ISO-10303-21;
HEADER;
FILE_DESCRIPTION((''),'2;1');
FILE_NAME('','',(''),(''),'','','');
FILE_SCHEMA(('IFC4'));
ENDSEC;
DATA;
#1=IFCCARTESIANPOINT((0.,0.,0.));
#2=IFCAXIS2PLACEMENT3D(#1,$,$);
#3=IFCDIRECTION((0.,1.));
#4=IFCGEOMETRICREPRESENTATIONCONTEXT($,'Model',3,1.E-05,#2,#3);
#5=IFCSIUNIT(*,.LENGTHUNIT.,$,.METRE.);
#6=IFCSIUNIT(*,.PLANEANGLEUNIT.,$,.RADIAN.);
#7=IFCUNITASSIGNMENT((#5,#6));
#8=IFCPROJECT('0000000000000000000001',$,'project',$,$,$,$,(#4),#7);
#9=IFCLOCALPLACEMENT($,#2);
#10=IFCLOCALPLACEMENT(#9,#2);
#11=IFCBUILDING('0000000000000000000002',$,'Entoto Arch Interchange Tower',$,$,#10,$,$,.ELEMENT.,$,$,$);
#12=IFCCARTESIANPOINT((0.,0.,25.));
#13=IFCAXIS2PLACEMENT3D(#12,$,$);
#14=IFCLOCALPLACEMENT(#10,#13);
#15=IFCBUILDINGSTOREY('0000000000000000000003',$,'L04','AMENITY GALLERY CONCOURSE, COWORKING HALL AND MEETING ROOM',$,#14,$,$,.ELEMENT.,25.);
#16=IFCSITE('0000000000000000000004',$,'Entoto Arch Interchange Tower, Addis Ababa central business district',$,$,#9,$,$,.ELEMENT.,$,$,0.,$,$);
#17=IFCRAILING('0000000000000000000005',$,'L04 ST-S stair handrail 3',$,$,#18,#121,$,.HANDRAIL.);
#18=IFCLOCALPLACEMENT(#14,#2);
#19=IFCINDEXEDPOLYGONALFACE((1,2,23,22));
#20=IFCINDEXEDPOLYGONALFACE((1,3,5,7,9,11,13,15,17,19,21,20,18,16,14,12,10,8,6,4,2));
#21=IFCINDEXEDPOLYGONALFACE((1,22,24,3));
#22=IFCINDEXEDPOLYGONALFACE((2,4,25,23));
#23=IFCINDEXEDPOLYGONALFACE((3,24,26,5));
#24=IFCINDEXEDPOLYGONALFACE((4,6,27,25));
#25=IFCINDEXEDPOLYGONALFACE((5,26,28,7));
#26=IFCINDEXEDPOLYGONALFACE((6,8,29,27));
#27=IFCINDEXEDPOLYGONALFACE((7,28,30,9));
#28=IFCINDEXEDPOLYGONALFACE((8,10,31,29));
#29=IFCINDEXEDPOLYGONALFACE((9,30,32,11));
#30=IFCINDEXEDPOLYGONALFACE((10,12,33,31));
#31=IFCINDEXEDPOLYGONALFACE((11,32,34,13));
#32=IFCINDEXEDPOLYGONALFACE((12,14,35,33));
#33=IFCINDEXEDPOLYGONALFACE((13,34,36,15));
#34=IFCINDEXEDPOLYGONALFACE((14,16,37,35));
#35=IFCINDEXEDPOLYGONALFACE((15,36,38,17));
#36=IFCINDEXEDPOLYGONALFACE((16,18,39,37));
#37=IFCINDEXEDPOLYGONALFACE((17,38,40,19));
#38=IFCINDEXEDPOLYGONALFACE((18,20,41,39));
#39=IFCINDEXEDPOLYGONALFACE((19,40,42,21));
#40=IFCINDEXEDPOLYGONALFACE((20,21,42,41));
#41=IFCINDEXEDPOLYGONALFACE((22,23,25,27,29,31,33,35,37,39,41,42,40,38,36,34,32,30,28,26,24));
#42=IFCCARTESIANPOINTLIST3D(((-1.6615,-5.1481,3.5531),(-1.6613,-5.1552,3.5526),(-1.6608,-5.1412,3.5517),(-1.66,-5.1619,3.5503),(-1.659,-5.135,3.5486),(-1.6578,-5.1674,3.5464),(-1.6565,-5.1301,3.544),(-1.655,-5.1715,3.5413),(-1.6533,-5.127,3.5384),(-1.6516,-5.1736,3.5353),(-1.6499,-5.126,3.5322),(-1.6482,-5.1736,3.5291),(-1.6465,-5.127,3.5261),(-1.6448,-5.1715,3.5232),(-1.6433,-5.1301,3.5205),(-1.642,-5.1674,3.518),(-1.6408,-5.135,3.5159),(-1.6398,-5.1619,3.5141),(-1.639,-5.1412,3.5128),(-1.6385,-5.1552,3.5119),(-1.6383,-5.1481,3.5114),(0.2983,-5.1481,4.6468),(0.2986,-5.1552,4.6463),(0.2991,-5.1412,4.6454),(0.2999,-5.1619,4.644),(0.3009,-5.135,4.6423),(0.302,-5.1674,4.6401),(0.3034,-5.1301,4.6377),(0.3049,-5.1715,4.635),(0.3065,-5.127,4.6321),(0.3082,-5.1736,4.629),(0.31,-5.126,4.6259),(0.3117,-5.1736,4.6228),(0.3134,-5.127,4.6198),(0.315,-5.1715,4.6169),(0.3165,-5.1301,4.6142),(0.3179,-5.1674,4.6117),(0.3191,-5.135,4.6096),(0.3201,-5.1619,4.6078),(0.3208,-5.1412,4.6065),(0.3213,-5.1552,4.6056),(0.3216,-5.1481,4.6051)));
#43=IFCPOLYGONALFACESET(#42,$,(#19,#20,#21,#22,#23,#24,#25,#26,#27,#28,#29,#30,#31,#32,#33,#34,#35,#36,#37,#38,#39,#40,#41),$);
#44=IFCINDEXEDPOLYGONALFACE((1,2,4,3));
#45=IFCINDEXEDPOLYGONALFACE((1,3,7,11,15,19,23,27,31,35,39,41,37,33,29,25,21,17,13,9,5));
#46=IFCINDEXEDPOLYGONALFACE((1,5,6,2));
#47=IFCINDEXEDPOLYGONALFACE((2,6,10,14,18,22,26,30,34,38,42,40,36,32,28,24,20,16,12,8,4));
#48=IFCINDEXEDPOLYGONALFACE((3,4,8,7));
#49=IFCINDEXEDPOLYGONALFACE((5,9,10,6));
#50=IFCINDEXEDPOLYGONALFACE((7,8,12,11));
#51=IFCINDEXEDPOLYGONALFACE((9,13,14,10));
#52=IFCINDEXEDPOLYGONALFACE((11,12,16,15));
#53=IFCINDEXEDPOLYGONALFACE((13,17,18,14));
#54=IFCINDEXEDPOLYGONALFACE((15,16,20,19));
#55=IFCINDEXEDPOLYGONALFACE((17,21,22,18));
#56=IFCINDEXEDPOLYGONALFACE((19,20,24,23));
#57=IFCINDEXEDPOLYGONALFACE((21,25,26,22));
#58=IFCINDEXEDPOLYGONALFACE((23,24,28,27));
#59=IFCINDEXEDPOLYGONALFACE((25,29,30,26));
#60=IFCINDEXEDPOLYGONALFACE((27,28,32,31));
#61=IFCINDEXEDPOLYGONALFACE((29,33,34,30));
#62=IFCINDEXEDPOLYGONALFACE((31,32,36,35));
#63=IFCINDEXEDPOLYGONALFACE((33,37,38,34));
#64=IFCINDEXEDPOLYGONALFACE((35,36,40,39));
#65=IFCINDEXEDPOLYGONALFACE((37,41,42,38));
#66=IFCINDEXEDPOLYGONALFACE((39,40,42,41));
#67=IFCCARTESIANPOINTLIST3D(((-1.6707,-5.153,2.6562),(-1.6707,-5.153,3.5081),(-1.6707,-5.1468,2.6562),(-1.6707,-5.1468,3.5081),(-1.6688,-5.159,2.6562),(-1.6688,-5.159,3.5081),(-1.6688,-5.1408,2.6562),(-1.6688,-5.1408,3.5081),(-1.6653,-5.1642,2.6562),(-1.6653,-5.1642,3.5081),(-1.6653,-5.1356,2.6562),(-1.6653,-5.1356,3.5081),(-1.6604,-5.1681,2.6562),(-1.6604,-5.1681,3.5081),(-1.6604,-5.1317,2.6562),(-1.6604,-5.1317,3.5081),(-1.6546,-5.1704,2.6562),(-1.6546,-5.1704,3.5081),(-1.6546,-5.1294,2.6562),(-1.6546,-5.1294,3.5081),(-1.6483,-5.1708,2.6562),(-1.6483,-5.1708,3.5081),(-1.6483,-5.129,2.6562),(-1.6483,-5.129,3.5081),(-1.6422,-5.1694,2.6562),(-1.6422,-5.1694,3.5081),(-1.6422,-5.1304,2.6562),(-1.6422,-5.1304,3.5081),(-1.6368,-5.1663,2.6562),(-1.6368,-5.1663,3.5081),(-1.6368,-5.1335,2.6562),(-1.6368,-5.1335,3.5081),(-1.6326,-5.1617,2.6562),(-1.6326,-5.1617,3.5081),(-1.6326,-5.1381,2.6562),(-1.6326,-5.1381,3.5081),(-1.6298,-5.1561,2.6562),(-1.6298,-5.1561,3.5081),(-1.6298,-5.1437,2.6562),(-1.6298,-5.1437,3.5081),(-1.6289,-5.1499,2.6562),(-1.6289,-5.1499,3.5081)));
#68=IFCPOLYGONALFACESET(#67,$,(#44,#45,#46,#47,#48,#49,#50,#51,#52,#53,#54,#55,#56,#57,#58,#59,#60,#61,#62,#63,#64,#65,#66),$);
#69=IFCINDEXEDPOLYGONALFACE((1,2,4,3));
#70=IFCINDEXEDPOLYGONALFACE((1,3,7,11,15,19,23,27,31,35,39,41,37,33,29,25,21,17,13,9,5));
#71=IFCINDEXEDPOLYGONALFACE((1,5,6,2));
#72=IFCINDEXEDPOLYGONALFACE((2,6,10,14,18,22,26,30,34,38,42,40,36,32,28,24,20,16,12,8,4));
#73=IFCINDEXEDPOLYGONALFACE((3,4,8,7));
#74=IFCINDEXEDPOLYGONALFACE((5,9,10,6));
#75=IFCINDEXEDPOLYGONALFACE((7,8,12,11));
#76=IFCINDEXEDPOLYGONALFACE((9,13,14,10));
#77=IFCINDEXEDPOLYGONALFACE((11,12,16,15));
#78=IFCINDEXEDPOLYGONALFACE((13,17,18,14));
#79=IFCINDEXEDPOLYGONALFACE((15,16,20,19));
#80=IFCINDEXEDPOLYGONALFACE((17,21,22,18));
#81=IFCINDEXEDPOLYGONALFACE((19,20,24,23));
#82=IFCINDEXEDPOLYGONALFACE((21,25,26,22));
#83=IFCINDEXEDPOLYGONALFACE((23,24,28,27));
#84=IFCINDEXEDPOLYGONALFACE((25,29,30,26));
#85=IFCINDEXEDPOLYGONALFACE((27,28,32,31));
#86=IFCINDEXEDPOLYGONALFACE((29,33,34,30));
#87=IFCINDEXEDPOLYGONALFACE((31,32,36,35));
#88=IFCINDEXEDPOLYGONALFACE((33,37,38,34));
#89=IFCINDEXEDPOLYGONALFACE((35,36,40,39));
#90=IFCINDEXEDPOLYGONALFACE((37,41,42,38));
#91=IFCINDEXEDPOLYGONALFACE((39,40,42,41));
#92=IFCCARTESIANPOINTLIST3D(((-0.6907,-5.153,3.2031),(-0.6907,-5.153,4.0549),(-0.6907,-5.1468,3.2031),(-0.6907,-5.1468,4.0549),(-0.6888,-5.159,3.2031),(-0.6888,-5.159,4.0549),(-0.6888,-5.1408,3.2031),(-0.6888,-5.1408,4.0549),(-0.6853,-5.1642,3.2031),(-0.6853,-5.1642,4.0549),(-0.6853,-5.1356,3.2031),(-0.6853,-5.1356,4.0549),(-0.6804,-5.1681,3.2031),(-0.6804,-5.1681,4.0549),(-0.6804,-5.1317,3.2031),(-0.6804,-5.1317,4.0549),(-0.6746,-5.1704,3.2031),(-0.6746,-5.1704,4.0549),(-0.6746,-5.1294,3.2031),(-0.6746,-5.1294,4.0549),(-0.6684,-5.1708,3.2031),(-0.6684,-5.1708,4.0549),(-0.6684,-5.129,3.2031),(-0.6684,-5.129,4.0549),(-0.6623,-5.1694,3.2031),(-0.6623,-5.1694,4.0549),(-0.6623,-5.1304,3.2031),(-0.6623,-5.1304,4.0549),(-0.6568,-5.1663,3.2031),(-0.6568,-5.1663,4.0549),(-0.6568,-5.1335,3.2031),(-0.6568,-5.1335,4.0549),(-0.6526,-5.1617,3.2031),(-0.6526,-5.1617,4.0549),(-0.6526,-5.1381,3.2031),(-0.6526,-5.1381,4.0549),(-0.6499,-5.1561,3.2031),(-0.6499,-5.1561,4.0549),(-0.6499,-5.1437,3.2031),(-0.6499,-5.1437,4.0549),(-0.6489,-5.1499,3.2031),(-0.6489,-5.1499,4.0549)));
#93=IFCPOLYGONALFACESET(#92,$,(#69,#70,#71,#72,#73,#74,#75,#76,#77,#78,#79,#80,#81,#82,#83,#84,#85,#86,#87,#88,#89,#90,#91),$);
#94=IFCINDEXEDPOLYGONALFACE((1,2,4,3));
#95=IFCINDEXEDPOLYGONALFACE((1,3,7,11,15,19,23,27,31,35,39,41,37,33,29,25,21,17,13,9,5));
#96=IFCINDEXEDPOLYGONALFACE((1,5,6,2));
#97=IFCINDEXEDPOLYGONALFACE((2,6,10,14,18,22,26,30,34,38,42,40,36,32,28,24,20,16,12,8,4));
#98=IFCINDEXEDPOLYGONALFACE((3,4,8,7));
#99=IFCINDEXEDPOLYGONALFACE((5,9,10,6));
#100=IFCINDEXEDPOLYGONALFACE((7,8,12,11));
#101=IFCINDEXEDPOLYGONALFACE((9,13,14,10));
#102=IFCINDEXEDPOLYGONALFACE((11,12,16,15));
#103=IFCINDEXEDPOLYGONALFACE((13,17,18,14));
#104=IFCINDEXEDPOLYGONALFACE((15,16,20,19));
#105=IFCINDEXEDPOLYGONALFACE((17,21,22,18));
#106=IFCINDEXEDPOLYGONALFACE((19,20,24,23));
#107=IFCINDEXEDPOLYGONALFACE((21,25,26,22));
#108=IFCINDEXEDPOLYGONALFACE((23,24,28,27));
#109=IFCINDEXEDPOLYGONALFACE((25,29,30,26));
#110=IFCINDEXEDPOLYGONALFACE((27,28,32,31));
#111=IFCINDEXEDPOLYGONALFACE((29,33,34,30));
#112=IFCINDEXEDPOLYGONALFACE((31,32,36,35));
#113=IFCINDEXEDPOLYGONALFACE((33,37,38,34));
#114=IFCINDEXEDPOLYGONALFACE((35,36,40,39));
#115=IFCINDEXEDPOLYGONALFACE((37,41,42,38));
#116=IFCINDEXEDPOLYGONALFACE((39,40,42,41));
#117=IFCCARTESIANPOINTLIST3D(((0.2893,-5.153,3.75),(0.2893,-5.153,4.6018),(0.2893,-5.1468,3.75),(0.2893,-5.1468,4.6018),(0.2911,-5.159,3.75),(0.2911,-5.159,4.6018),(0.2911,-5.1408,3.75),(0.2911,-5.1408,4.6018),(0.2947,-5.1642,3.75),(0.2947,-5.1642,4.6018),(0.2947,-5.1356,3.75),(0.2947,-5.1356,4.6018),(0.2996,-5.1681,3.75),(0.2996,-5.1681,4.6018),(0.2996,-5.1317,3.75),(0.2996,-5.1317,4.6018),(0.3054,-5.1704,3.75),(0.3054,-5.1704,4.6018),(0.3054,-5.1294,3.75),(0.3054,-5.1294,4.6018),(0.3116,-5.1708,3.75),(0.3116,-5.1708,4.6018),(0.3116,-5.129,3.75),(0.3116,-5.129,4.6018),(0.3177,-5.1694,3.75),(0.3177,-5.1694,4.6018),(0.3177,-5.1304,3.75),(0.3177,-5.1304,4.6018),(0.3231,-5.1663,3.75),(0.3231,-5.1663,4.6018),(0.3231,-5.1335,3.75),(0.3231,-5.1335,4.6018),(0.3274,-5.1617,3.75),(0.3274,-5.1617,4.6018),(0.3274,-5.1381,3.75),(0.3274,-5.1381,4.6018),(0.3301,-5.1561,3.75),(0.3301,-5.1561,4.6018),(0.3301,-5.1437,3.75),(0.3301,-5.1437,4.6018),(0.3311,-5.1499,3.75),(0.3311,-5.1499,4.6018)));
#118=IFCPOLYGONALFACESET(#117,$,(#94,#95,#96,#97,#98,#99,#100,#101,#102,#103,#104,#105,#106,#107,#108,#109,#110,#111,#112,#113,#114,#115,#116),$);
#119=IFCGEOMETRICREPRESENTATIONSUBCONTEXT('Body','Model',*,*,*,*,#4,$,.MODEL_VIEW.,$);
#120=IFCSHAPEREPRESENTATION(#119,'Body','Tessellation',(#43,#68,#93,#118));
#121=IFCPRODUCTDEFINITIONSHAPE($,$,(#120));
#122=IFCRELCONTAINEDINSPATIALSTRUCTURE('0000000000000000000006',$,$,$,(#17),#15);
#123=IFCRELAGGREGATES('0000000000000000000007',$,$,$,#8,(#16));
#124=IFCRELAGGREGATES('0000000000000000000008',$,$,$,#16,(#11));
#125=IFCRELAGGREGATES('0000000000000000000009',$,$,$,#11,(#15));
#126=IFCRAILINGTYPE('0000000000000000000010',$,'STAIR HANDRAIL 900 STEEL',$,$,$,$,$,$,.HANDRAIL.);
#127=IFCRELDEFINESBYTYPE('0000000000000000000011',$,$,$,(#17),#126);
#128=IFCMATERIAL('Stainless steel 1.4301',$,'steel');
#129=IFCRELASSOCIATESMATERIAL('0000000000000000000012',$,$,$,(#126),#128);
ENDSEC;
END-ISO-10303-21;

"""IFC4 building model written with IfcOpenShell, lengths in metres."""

from ifc_helpers import new_model, si_unit, direction, frame, origin, origin_2d, place, context, subcontext, project, spatial, circle, extrude, material, type_object, element, save


model = new_model("IFC4")

# Units and contexts
model_context = context("Model", 3, precision=1e-05, world=origin(), true_north=direction((0.0, 1.0)))
body_context = subcontext(model_context, "Body", "Model", "MODEL_VIEW")
ifc_project = project(units=[si_unit("LENGTHUNIT", "METRE"), si_unit("PLANEANGLEUNIT", "RADIAN")], contexts=[model_context])

# Site, building, storey
site_placement = place(None, origin())
site = spatial("IfcSite", under=ifc_project, at=site_placement, Name="Entoto Arch Interchange Tower, Addis Ababa central business district", CompositionType="ELEMENT", RefElevation=0.0)
building_placement = place(site_placement, origin())
building = spatial("IfcBuilding", under=site, at=building_placement, Name="Entoto Arch Interchange Tower", CompositionType="ELEMENT")
storey_placement = place(building_placement, frame((0.0, 0.0, 25.0)))
storey = spatial("IfcBuildingStorey", under=building, at=storey_placement, Name="L04", Description="AMENITY GALLERY CONCOURSE, COWORKING HALL AND MEETING ROOM", CompositionType="ELEMENT", Elevation=25.0)

# Railing
ifc_material_1 = material(Name="Stainless steel 1.4301", Category="steel")
railing_type_1 = type_object("IfcRailingType", Name="STAIR HANDRAIL 900 STEEL", PredefinedType="HANDRAIL", material=ifc_material_1)
for number, where, name in (
    (1, (-1.6499, -5.1499, 2.6562), "L04 ST-S stair handrail 3"),
):
    element("IfcRailing", number, at=place(storey_placement, frame(where)), inside=storey, type_object=railing_type_1, Name=name, PredefinedType="HANDRAIL", context=body_context, shape_type="SweptSolid", body=[
        extrude(circle(Radius=0.0239, at=origin_2d()), frame((0.0, 0.0, 0.876), z_axis=(0.873232, 0.0, 0.487304), x_axis=(0.0, 1.0, 0.0)), (0.0, 0.0, 1.0), 2.2444),
        extrude(circle(Radius=0.021, at=origin_2d()), origin(), (0.0, 0.0, 1.0), 0.8518),
        extrude(circle(Radius=0.021, at=origin_2d()), frame((0.98, 0.0, 0.5469)), (0.0, 0.0, 1.0), 0.8518),
        extrude(circle(Radius=0.021, at=origin_2d()), frame((1.96, 0.0, 1.0938)), (0.0, 0.0, 1.0), 0.8518),
    ])

save(model, "model.ifc")
